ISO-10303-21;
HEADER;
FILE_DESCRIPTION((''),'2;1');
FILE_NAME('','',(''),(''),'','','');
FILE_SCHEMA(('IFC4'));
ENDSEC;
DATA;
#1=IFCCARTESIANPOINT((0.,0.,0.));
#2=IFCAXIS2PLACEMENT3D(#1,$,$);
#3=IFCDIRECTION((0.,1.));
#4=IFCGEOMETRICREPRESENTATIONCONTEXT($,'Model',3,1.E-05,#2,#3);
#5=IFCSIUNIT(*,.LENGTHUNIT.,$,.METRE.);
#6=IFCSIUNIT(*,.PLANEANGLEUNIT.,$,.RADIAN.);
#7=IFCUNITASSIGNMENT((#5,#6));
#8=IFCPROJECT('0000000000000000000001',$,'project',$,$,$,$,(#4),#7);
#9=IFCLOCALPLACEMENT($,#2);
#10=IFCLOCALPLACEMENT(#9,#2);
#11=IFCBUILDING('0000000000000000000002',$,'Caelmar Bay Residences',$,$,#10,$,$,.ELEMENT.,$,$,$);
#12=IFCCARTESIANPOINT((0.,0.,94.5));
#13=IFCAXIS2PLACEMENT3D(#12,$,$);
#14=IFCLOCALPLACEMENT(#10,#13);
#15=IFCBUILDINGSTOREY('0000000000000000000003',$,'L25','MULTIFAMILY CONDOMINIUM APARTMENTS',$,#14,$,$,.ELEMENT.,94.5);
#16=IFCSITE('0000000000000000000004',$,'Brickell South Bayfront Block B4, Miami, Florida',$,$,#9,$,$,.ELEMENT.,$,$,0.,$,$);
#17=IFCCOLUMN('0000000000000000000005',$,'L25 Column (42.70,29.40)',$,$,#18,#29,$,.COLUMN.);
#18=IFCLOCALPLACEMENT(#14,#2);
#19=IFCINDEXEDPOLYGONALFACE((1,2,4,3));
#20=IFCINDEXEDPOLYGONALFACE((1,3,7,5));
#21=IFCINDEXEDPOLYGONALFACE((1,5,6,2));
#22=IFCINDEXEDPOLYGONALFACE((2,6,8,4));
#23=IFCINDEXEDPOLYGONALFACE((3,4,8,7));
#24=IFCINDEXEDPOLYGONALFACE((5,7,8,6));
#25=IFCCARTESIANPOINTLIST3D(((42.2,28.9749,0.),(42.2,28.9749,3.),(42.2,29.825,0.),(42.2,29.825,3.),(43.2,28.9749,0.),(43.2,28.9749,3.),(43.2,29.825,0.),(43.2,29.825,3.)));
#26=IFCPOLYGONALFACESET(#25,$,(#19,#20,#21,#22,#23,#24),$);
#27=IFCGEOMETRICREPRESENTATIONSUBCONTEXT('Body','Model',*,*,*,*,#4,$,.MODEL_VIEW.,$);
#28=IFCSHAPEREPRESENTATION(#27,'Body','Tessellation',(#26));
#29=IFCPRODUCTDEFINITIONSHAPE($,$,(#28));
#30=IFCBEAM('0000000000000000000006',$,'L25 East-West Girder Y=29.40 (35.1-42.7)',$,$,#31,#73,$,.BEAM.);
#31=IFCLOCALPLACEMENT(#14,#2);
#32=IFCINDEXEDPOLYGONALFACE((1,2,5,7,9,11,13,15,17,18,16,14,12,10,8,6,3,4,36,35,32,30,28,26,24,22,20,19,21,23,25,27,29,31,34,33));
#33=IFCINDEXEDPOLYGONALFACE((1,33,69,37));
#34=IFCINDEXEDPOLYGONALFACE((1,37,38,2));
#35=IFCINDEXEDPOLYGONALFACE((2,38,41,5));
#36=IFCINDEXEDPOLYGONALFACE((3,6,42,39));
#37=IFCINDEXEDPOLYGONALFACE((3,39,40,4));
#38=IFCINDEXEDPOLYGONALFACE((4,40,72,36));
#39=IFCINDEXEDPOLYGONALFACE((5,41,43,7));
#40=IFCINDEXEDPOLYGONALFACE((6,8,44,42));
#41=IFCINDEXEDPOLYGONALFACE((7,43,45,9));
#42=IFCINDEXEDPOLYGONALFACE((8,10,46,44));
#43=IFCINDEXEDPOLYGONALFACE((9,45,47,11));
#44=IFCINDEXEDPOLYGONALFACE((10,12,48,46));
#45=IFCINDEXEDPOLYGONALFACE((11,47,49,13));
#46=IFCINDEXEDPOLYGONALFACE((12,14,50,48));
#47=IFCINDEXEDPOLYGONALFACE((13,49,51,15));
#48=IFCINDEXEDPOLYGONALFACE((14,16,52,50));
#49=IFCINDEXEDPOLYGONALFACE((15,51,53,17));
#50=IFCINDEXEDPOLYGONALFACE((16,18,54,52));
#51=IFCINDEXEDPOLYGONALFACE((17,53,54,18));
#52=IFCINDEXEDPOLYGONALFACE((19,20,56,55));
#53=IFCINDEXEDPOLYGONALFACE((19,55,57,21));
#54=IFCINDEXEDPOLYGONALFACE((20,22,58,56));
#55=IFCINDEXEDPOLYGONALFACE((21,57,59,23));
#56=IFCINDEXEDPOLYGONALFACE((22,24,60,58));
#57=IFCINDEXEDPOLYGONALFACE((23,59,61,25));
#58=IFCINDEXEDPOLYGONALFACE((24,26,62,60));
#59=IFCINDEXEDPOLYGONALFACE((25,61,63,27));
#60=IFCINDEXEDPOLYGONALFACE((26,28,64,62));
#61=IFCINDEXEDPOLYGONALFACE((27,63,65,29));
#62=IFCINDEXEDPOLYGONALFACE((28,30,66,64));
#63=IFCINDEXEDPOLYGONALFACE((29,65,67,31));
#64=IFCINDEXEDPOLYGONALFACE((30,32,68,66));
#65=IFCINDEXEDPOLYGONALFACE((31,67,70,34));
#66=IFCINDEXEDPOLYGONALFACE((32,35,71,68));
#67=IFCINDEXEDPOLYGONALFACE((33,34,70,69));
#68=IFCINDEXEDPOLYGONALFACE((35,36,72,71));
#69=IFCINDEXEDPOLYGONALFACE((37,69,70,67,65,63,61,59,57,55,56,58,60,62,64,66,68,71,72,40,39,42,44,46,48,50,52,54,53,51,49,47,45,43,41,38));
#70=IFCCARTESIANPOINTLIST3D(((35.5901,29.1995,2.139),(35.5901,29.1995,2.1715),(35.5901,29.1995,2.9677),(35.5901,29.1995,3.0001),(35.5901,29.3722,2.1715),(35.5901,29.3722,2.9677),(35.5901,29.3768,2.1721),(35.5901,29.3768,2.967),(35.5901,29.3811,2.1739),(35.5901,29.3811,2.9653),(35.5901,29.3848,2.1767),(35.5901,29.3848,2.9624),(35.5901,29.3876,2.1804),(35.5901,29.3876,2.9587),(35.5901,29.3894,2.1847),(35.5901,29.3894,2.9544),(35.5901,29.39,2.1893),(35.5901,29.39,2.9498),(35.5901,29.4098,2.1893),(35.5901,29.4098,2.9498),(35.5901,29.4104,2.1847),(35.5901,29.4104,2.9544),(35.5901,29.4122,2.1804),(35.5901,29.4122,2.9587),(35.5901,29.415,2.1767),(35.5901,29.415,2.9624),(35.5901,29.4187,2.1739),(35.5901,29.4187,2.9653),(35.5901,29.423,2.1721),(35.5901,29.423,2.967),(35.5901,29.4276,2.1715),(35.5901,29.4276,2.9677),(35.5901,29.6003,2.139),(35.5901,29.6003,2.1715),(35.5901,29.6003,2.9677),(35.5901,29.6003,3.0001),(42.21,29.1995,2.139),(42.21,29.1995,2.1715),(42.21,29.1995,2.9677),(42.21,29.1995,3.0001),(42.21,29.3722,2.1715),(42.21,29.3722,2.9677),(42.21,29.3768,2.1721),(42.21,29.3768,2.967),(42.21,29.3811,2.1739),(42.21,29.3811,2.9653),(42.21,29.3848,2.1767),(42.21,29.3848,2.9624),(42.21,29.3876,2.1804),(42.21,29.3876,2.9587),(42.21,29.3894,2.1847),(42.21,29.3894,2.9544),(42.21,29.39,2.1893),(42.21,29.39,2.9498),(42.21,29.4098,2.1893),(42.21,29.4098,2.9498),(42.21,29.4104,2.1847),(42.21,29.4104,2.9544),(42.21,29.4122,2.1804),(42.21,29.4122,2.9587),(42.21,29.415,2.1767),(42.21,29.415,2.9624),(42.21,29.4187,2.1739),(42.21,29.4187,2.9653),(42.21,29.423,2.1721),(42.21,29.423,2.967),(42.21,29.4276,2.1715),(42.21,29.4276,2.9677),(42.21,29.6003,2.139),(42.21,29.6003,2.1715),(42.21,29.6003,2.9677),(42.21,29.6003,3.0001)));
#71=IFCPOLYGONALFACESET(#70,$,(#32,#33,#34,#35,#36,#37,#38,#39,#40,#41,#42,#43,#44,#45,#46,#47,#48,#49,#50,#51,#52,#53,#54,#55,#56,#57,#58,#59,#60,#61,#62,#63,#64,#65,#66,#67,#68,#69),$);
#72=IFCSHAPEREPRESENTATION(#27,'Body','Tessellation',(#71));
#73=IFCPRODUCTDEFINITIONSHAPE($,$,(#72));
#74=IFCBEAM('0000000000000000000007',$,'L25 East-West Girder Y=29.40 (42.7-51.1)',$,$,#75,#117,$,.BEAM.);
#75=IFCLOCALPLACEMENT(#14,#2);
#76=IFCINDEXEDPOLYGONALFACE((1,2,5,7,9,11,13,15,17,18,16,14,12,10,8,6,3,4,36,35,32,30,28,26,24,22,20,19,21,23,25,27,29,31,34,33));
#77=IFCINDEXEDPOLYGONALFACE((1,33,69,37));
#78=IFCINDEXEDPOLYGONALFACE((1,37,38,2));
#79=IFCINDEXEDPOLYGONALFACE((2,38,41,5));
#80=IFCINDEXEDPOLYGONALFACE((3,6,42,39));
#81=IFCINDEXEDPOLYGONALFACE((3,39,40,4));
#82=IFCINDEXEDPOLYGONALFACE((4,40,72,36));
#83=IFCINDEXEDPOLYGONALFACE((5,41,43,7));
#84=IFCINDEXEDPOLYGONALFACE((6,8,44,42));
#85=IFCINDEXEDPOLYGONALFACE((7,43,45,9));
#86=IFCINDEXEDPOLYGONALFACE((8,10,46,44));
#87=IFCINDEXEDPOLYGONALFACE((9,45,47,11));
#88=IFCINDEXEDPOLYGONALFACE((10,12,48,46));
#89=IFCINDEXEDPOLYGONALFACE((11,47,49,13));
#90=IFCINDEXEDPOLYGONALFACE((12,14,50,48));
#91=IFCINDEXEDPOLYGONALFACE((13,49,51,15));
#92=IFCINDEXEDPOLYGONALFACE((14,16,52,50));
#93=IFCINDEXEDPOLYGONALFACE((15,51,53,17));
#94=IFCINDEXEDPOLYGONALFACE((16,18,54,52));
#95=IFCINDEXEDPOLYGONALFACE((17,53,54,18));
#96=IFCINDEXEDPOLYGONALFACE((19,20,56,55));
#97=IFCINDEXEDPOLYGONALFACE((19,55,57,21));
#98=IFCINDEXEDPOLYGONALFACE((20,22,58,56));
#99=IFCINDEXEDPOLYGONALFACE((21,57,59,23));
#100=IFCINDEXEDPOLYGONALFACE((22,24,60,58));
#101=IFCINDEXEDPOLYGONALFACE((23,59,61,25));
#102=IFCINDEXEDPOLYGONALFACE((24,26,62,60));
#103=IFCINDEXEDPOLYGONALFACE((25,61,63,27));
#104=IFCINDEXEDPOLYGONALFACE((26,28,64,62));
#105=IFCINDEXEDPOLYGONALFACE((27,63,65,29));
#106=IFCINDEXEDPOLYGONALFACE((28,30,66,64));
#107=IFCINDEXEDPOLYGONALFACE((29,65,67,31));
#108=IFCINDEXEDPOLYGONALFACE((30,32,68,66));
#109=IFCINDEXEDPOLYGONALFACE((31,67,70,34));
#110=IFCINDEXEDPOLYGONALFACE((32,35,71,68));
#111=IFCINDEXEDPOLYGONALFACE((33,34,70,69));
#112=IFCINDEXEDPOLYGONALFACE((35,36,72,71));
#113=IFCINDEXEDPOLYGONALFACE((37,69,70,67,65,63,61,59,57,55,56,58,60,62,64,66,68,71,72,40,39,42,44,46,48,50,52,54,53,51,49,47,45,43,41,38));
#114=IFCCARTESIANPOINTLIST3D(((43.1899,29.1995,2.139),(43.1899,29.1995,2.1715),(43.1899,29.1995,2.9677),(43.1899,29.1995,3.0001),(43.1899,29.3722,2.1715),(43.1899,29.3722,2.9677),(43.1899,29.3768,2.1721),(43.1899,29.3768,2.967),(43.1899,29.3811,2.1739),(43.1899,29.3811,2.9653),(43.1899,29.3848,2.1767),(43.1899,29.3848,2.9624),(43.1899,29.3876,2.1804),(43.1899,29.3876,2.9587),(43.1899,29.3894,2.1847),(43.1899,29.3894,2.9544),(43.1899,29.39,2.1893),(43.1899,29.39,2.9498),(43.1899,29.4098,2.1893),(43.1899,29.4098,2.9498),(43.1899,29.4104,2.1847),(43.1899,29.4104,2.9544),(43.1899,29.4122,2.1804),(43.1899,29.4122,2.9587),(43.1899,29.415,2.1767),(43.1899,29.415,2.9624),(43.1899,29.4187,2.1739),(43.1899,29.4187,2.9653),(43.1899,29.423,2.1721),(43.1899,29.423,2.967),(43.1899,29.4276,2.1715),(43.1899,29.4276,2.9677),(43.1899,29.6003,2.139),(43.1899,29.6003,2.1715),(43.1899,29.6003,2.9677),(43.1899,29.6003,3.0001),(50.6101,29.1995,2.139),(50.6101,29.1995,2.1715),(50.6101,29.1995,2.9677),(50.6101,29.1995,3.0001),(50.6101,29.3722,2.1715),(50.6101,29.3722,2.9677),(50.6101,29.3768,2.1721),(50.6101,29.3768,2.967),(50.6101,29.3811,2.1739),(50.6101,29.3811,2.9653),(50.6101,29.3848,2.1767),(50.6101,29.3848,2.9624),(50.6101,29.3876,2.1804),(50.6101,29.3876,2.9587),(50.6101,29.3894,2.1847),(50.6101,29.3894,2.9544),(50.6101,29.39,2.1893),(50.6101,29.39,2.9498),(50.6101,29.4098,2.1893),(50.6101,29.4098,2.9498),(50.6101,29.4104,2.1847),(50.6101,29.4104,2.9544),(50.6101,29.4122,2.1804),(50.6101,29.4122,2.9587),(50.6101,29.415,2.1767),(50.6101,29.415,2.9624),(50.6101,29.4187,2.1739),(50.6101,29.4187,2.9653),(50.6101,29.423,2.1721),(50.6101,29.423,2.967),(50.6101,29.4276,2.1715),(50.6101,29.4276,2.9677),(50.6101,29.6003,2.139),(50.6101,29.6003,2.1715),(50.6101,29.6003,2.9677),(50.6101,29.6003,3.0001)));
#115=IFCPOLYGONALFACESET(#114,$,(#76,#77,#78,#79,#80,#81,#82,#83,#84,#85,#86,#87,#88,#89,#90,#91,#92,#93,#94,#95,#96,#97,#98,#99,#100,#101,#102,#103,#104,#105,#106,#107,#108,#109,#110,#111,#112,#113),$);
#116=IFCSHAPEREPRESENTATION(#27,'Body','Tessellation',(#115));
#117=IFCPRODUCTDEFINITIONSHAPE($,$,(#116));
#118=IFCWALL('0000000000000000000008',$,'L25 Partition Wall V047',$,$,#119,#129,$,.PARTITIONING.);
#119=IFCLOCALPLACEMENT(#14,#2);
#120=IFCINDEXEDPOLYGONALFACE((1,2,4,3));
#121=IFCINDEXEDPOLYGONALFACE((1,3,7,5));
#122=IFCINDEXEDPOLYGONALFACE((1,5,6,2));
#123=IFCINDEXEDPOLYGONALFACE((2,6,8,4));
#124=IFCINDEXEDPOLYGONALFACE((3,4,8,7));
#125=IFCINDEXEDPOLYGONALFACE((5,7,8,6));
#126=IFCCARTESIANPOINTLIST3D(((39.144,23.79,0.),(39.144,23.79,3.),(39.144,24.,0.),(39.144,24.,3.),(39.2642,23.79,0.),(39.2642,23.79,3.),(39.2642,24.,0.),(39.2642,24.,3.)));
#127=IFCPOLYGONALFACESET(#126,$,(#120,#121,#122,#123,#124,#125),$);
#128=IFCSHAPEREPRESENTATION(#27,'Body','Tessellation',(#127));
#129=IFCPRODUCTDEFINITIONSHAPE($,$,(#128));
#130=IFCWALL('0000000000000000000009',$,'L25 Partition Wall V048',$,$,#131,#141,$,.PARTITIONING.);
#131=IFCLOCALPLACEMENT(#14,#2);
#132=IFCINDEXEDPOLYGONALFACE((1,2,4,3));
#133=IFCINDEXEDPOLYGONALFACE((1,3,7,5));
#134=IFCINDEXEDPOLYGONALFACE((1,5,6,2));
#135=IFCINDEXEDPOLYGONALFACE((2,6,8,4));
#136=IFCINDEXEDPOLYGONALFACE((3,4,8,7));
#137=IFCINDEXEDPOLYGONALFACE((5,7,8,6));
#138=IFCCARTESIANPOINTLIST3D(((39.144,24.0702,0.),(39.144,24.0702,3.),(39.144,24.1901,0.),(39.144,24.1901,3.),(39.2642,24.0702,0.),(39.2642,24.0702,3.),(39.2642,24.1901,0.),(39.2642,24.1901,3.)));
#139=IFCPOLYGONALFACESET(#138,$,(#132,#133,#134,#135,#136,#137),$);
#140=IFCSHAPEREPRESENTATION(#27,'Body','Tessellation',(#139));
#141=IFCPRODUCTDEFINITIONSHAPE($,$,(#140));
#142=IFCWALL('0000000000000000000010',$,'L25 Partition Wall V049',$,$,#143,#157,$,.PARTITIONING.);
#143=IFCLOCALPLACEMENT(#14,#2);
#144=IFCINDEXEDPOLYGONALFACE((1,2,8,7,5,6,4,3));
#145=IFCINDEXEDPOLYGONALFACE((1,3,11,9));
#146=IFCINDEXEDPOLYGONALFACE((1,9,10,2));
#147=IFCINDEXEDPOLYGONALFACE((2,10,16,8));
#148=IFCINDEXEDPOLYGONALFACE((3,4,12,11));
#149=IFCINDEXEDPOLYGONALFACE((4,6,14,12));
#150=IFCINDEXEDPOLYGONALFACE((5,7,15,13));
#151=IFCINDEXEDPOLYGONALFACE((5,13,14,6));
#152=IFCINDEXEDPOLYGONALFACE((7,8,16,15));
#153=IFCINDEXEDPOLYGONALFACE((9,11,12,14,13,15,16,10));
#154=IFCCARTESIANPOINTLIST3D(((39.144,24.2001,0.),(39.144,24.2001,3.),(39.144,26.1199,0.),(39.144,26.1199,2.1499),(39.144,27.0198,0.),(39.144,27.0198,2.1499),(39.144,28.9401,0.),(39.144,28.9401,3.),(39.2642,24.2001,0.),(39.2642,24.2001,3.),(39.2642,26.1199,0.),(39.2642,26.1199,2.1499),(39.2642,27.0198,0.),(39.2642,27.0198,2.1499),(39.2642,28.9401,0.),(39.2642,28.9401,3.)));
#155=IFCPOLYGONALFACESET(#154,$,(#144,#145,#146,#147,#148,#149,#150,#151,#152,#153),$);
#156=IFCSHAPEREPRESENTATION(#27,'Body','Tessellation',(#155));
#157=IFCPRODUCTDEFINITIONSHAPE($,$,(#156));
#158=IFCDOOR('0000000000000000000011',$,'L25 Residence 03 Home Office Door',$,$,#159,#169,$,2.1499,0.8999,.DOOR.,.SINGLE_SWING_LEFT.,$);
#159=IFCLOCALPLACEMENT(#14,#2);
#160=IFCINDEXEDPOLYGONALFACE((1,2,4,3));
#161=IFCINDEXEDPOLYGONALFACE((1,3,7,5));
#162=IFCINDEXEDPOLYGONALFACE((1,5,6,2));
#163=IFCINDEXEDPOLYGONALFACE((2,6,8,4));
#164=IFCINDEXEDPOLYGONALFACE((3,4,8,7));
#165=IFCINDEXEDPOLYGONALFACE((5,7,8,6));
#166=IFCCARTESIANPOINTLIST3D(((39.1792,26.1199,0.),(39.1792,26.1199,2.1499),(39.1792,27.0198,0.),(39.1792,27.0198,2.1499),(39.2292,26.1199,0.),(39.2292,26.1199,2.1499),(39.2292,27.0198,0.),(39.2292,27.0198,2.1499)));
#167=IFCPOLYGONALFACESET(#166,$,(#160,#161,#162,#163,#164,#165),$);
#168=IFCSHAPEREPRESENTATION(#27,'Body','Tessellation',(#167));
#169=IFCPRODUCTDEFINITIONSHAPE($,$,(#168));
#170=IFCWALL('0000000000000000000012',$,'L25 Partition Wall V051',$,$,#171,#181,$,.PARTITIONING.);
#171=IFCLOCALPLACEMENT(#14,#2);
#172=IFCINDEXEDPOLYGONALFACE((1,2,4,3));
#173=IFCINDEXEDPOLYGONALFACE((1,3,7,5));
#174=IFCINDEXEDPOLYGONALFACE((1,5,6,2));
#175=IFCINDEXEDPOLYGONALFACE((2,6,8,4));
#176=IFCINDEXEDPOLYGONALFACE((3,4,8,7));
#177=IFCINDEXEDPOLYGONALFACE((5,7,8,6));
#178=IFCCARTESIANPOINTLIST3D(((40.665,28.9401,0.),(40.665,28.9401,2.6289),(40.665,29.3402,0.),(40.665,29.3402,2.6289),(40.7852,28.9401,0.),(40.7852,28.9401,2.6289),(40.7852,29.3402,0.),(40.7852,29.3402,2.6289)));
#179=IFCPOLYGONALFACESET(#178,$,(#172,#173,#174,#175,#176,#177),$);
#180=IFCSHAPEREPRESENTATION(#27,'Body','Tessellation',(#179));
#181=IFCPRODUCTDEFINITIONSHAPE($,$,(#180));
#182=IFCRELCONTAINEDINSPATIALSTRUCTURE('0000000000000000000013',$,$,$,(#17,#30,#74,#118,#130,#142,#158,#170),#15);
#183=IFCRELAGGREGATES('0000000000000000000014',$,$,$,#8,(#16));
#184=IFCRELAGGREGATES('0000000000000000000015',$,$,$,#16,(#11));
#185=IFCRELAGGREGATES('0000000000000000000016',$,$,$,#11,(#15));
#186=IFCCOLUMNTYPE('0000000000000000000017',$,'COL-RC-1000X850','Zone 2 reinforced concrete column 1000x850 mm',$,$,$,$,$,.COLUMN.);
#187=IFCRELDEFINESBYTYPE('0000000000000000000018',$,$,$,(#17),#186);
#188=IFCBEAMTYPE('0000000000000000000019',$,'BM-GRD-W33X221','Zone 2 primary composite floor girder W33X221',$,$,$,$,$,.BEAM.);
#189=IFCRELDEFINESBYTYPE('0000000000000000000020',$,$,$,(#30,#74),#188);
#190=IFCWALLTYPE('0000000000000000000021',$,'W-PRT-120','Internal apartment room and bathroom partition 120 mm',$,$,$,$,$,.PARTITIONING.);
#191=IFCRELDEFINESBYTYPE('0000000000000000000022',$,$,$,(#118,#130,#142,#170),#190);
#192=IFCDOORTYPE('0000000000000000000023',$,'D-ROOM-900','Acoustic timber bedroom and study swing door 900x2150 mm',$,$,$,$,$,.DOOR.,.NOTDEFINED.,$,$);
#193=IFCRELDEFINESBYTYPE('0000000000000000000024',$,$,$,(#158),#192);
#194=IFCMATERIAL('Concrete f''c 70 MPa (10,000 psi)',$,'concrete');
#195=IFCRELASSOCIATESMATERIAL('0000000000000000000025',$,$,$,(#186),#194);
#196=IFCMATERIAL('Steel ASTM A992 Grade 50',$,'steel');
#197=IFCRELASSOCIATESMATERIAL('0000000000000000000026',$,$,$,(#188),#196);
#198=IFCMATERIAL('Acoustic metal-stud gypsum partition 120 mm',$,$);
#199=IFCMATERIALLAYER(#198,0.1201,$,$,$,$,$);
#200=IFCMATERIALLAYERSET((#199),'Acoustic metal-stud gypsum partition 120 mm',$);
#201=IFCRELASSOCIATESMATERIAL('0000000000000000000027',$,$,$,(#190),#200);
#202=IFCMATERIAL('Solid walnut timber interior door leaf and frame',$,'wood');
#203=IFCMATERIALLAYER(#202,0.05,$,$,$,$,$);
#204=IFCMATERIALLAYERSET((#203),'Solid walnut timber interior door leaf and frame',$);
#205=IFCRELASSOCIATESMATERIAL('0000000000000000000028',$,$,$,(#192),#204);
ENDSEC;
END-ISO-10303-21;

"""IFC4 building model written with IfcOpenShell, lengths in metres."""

from ifc_helpers import new_model, si_unit, direction, frame, frame_2d, origin, origin_2d, place, context, subcontext, project, spatial, rectangle, i_section, extrude, material, layer, layer_set, material_profile, profile_set, type_object, element, fill, save


model = new_model("IFC4")

# Units and contexts
model_context = context("Model", 3, precision=1e-05, world=origin(), true_north=direction((0.0, 1.0)))
body_context = subcontext(model_context, "Body", "Model", "MODEL_VIEW")
ifc_project = project(units=[si_unit("LENGTHUNIT", "METRE"), si_unit("PLANEANGLEUNIT", "RADIAN")], contexts=[model_context])

# Site, building, storey
site_placement = place(None, origin())
site = spatial("IfcSite", under=ifc_project, at=site_placement, Name="Brickell South Bayfront Block B4, Miami, Florida", CompositionType="ELEMENT", RefElevation=0.0)
building_placement = place(site_placement, origin())
building = spatial("IfcBuilding", under=site, at=building_placement, Name="Caelmar Bay Residences", CompositionType="ELEMENT")
storey_placement = place(building_placement, frame((0.0, 0.0, 94.5)))
storey = spatial("IfcBuildingStorey", under=building, at=storey_placement, Name="L25", Description="MULTIFAMILY CONDOMINIUM APARTMENTS", CompositionType="ELEMENT", Elevation=94.5)

# Column
ifc_material_1 = material(Name="Concrete f'c 70 MPa (10,000 psi)", Category="concrete")
ifc_material_profile_1 = material_profile(ifc_material_1, rectangle(XDim=1.0, YDim=0.8501, at=origin_2d()), Name="RC-COL-1000X850")
ifc_profile_set_1 = profile_set([ifc_material_profile_1], Name="Concrete f'c 70 MPa (10,000 psi)")
column_type = type_object("IfcColumnType", Name="COL-RC-1000X850", Description="Zone 2 reinforced concrete column 1000x850 mm", PredefinedType="COLUMN", material=ifc_profile_set_1)
column_placement = place(storey_placement, frame((42.7, 29.3999, 0.0), z_axis=(0.0, 0.0, 1.0), x_axis=(1.0, 0.0, 0.0)))
element("IfcColumn", 1, at=column_placement, inside=storey, type_object=column_type, Name="L25 Column (42.70,29.40)", PredefinedType="COLUMN", context=body_context, shape_type="SweptSolid", body=[
    extrude(rectangle(XDim=1.0, YDim=0.8501, at=origin_2d()), origin(), (0.0, 0.0, 1.0), 3.0),
])

# Beams
ifc_material_2 = material(Name="Steel ASTM A992 Grade 50", Category="steel")
ifc_material_profile_2 = material_profile(ifc_material_2, i_section(OverallWidth=0.4009, OverallDepth=0.8611, WebThickness=0.0198, FlangeThickness=0.0325, FilletRadius=0.0178, at=origin_2d()), Name="W33X221")
ifc_profile_set_2 = profile_set([ifc_material_profile_2], Name="Steel ASTM A992 Grade 50")
beam_type = type_object("IfcBeamType", Name="BM-GRD-W33X221", Description="Zone 2 primary composite floor girder W33X221", PredefinedType="BEAM", material=ifc_profile_set_2)
beam_1_placement = place(storey_placement, frame((35.5901, 29.3999, 2.5696), z_axis=(1.0, 0.0, 0.0), x_axis=(0.0, 1.0, 0.0)))
element("IfcBeam", 2, at=beam_1_placement, inside=storey, type_object=beam_type, Name="L25 East-West Girder Y=29.40 (35.1-42.7)", PredefinedType="BEAM", context=body_context, shape_type="SweptSolid", body=[
    extrude(i_section(OverallWidth=0.4009, OverallDepth=0.8611, WebThickness=0.0198, FlangeThickness=0.0325, FilletRadius=0.0178, at=origin_2d()), origin(), (0.0, 0.0, 1.0), 6.6199),
])
beam_2_placement = place(storey_placement, frame((43.1899, 29.3999, 2.5696), z_axis=(1.0, 0.0, 0.0), x_axis=(0.0, 1.0, 0.0)))
element("IfcBeam", 3, at=beam_2_placement, inside=storey, type_object=beam_type, Name="L25 East-West Girder Y=29.40 (42.7-51.1)", PredefinedType="BEAM", context=body_context, shape_type="SweptSolid", body=[
    extrude(i_section(OverallWidth=0.4009, OverallDepth=0.8611, WebThickness=0.0198, FlangeThickness=0.0325, FilletRadius=0.0178, at=origin_2d()), origin(), (0.0, 0.0, 1.0), 7.4202),
])

# Walls
ifc_material_3 = material(Name="Acoustic metal-stud gypsum partition 120 mm")
ifc_layer_1 = layer(ifc_material_3, 0.1201)
ifc_layer_set_1 = layer_set([ifc_layer_1], Name="Acoustic metal-stud gypsum partition 120 mm")
wall_type_1 = type_object("IfcWallType", Name="W-PRT-120", Description="Internal apartment room and bathroom partition 120 mm", PredefinedType="PARTITIONING", material=ifc_layer_set_1)
wall_1_placement = place(storey_placement, frame((39.2041, 23.79, 0.0), z_axis=(0.0, 0.0, 1.0), x_axis=(0.0, 1.0, 0.0)))
element("IfcWall", 4, at=wall_1_placement, inside=storey, type_object=wall_type_1, Name="L25 Partition Wall V047", PredefinedType="PARTITIONING", context=body_context, shape_type="SweptSolid", body=[
    extrude(rectangle(XDim=0.21, YDim=0.1201, at=frame_2d((0.105, 0.0))), origin(), (0.0, 0.0, 1.0), 3.0),
])
wall_2_placement = place(storey_placement, frame((39.2041, 24.0701, 0.0), z_axis=(0.0, 0.0, 1.0), x_axis=(0.0, 1.0, 0.0)))
element("IfcWall", 5, at=wall_2_placement, inside=storey, type_object=wall_type_1, Name="L25 Partition Wall V048", PredefinedType="PARTITIONING", context=body_context, shape_type="SweptSolid", body=[
    extrude(rectangle(XDim=0.1199, YDim=0.1201, at=frame_2d((0.0601, 0.0))), origin(), (0.0, 0.0, 1.0), 3.0),
])

# Wall, opening, door
wall_3_placement = place(storey_placement, frame((39.2041, 24.2, 0.0), z_axis=(0.0, 0.0, 1.0), x_axis=(0.0, 1.0, 0.0)))
wall_3 = element("IfcWall", 6, at=wall_3_placement, inside=storey, type_object=wall_type_1, Name="L25 Partition Wall V049", PredefinedType="PARTITIONING", context=body_context, shape_type="SweptSolid", body=[
    extrude(rectangle(XDim=4.74, YDim=0.1201, at=frame_2d((2.3701, 0.0))), origin(), (0.0, 0.0, 1.0), 3.0),
])
opening_1_placement = place(wall_3_placement, frame((1.9199, 0.0, 0.0)))
opening_1 = element("IfcOpeningElement", 7, at=opening_1_placement, cuts=wall_3, PredefinedType="OPENING", context=body_context, shape_type="SweptSolid", body=[
    extrude(rectangle(XDim=0.8999, YDim=2.1499, at=frame_2d((0.45, 1.075))), frame((0.0, 0.0701, 0.0), z_axis=(0.0, -1.0, 0.0), x_axis=(1.0, 0.0, 0.0)), (0.0, 0.0, 1.0), 0.1401),
])
ifc_material_4 = material(Name="Solid walnut timber interior door leaf and frame", Category="wood")
ifc_layer_2 = layer(ifc_material_4, 0.05)
ifc_layer_set_2 = layer_set([ifc_layer_2], Name="Solid walnut timber interior door leaf and frame")
door_type_1 = type_object("IfcDoorType", Name="D-ROOM-900", Description="Acoustic timber bedroom and study swing door 900x2150 mm", OperationType="NOTDEFINED", PredefinedType="DOOR", material=ifc_layer_set_2)
door_1_placement = place(opening_1_placement, origin())
door_1 = element("IfcDoor", 8, at=door_1_placement, inside=storey, type_object=door_type_1, Name="L25 Residence 03 Home Office Door", OperationType="SINGLE_SWING_LEFT", OverallHeight=2.1499, OverallWidth=0.8999, PredefinedType="DOOR", context=body_context, shape_type="SweptSolid", body=[
    extrude(rectangle(XDim=0.8999, YDim=2.1499, at=frame_2d((0.45, 1.075))), frame((0.0, 0.0249, 0.0), z_axis=(0.0, -1.0, 0.0), x_axis=(1.0, 0.0, 0.0)), (0.0, 0.0, 1.0), 0.05),
])
fill(opening_1, door_1)

# Wall
wall_4_placement = place(storey_placement, frame((40.7251, 28.9399, 0.0), z_axis=(0.0, 0.0, 1.0), x_axis=(0.0, 1.0, 0.0)))
element("IfcWall", 9, at=wall_4_placement, inside=storey, type_object=wall_type_1, Name="L25 Partition Wall V051", PredefinedType="PARTITIONING", context=body_context, shape_type="SweptSolid", body=[
    extrude(rectangle(XDim=0.4001, YDim=0.1201, at=frame_2d((0.2002, 0.0))), origin(), (0.0, 0.0, 1.0), 2.6289),
])

save(model, "model.ifc")
